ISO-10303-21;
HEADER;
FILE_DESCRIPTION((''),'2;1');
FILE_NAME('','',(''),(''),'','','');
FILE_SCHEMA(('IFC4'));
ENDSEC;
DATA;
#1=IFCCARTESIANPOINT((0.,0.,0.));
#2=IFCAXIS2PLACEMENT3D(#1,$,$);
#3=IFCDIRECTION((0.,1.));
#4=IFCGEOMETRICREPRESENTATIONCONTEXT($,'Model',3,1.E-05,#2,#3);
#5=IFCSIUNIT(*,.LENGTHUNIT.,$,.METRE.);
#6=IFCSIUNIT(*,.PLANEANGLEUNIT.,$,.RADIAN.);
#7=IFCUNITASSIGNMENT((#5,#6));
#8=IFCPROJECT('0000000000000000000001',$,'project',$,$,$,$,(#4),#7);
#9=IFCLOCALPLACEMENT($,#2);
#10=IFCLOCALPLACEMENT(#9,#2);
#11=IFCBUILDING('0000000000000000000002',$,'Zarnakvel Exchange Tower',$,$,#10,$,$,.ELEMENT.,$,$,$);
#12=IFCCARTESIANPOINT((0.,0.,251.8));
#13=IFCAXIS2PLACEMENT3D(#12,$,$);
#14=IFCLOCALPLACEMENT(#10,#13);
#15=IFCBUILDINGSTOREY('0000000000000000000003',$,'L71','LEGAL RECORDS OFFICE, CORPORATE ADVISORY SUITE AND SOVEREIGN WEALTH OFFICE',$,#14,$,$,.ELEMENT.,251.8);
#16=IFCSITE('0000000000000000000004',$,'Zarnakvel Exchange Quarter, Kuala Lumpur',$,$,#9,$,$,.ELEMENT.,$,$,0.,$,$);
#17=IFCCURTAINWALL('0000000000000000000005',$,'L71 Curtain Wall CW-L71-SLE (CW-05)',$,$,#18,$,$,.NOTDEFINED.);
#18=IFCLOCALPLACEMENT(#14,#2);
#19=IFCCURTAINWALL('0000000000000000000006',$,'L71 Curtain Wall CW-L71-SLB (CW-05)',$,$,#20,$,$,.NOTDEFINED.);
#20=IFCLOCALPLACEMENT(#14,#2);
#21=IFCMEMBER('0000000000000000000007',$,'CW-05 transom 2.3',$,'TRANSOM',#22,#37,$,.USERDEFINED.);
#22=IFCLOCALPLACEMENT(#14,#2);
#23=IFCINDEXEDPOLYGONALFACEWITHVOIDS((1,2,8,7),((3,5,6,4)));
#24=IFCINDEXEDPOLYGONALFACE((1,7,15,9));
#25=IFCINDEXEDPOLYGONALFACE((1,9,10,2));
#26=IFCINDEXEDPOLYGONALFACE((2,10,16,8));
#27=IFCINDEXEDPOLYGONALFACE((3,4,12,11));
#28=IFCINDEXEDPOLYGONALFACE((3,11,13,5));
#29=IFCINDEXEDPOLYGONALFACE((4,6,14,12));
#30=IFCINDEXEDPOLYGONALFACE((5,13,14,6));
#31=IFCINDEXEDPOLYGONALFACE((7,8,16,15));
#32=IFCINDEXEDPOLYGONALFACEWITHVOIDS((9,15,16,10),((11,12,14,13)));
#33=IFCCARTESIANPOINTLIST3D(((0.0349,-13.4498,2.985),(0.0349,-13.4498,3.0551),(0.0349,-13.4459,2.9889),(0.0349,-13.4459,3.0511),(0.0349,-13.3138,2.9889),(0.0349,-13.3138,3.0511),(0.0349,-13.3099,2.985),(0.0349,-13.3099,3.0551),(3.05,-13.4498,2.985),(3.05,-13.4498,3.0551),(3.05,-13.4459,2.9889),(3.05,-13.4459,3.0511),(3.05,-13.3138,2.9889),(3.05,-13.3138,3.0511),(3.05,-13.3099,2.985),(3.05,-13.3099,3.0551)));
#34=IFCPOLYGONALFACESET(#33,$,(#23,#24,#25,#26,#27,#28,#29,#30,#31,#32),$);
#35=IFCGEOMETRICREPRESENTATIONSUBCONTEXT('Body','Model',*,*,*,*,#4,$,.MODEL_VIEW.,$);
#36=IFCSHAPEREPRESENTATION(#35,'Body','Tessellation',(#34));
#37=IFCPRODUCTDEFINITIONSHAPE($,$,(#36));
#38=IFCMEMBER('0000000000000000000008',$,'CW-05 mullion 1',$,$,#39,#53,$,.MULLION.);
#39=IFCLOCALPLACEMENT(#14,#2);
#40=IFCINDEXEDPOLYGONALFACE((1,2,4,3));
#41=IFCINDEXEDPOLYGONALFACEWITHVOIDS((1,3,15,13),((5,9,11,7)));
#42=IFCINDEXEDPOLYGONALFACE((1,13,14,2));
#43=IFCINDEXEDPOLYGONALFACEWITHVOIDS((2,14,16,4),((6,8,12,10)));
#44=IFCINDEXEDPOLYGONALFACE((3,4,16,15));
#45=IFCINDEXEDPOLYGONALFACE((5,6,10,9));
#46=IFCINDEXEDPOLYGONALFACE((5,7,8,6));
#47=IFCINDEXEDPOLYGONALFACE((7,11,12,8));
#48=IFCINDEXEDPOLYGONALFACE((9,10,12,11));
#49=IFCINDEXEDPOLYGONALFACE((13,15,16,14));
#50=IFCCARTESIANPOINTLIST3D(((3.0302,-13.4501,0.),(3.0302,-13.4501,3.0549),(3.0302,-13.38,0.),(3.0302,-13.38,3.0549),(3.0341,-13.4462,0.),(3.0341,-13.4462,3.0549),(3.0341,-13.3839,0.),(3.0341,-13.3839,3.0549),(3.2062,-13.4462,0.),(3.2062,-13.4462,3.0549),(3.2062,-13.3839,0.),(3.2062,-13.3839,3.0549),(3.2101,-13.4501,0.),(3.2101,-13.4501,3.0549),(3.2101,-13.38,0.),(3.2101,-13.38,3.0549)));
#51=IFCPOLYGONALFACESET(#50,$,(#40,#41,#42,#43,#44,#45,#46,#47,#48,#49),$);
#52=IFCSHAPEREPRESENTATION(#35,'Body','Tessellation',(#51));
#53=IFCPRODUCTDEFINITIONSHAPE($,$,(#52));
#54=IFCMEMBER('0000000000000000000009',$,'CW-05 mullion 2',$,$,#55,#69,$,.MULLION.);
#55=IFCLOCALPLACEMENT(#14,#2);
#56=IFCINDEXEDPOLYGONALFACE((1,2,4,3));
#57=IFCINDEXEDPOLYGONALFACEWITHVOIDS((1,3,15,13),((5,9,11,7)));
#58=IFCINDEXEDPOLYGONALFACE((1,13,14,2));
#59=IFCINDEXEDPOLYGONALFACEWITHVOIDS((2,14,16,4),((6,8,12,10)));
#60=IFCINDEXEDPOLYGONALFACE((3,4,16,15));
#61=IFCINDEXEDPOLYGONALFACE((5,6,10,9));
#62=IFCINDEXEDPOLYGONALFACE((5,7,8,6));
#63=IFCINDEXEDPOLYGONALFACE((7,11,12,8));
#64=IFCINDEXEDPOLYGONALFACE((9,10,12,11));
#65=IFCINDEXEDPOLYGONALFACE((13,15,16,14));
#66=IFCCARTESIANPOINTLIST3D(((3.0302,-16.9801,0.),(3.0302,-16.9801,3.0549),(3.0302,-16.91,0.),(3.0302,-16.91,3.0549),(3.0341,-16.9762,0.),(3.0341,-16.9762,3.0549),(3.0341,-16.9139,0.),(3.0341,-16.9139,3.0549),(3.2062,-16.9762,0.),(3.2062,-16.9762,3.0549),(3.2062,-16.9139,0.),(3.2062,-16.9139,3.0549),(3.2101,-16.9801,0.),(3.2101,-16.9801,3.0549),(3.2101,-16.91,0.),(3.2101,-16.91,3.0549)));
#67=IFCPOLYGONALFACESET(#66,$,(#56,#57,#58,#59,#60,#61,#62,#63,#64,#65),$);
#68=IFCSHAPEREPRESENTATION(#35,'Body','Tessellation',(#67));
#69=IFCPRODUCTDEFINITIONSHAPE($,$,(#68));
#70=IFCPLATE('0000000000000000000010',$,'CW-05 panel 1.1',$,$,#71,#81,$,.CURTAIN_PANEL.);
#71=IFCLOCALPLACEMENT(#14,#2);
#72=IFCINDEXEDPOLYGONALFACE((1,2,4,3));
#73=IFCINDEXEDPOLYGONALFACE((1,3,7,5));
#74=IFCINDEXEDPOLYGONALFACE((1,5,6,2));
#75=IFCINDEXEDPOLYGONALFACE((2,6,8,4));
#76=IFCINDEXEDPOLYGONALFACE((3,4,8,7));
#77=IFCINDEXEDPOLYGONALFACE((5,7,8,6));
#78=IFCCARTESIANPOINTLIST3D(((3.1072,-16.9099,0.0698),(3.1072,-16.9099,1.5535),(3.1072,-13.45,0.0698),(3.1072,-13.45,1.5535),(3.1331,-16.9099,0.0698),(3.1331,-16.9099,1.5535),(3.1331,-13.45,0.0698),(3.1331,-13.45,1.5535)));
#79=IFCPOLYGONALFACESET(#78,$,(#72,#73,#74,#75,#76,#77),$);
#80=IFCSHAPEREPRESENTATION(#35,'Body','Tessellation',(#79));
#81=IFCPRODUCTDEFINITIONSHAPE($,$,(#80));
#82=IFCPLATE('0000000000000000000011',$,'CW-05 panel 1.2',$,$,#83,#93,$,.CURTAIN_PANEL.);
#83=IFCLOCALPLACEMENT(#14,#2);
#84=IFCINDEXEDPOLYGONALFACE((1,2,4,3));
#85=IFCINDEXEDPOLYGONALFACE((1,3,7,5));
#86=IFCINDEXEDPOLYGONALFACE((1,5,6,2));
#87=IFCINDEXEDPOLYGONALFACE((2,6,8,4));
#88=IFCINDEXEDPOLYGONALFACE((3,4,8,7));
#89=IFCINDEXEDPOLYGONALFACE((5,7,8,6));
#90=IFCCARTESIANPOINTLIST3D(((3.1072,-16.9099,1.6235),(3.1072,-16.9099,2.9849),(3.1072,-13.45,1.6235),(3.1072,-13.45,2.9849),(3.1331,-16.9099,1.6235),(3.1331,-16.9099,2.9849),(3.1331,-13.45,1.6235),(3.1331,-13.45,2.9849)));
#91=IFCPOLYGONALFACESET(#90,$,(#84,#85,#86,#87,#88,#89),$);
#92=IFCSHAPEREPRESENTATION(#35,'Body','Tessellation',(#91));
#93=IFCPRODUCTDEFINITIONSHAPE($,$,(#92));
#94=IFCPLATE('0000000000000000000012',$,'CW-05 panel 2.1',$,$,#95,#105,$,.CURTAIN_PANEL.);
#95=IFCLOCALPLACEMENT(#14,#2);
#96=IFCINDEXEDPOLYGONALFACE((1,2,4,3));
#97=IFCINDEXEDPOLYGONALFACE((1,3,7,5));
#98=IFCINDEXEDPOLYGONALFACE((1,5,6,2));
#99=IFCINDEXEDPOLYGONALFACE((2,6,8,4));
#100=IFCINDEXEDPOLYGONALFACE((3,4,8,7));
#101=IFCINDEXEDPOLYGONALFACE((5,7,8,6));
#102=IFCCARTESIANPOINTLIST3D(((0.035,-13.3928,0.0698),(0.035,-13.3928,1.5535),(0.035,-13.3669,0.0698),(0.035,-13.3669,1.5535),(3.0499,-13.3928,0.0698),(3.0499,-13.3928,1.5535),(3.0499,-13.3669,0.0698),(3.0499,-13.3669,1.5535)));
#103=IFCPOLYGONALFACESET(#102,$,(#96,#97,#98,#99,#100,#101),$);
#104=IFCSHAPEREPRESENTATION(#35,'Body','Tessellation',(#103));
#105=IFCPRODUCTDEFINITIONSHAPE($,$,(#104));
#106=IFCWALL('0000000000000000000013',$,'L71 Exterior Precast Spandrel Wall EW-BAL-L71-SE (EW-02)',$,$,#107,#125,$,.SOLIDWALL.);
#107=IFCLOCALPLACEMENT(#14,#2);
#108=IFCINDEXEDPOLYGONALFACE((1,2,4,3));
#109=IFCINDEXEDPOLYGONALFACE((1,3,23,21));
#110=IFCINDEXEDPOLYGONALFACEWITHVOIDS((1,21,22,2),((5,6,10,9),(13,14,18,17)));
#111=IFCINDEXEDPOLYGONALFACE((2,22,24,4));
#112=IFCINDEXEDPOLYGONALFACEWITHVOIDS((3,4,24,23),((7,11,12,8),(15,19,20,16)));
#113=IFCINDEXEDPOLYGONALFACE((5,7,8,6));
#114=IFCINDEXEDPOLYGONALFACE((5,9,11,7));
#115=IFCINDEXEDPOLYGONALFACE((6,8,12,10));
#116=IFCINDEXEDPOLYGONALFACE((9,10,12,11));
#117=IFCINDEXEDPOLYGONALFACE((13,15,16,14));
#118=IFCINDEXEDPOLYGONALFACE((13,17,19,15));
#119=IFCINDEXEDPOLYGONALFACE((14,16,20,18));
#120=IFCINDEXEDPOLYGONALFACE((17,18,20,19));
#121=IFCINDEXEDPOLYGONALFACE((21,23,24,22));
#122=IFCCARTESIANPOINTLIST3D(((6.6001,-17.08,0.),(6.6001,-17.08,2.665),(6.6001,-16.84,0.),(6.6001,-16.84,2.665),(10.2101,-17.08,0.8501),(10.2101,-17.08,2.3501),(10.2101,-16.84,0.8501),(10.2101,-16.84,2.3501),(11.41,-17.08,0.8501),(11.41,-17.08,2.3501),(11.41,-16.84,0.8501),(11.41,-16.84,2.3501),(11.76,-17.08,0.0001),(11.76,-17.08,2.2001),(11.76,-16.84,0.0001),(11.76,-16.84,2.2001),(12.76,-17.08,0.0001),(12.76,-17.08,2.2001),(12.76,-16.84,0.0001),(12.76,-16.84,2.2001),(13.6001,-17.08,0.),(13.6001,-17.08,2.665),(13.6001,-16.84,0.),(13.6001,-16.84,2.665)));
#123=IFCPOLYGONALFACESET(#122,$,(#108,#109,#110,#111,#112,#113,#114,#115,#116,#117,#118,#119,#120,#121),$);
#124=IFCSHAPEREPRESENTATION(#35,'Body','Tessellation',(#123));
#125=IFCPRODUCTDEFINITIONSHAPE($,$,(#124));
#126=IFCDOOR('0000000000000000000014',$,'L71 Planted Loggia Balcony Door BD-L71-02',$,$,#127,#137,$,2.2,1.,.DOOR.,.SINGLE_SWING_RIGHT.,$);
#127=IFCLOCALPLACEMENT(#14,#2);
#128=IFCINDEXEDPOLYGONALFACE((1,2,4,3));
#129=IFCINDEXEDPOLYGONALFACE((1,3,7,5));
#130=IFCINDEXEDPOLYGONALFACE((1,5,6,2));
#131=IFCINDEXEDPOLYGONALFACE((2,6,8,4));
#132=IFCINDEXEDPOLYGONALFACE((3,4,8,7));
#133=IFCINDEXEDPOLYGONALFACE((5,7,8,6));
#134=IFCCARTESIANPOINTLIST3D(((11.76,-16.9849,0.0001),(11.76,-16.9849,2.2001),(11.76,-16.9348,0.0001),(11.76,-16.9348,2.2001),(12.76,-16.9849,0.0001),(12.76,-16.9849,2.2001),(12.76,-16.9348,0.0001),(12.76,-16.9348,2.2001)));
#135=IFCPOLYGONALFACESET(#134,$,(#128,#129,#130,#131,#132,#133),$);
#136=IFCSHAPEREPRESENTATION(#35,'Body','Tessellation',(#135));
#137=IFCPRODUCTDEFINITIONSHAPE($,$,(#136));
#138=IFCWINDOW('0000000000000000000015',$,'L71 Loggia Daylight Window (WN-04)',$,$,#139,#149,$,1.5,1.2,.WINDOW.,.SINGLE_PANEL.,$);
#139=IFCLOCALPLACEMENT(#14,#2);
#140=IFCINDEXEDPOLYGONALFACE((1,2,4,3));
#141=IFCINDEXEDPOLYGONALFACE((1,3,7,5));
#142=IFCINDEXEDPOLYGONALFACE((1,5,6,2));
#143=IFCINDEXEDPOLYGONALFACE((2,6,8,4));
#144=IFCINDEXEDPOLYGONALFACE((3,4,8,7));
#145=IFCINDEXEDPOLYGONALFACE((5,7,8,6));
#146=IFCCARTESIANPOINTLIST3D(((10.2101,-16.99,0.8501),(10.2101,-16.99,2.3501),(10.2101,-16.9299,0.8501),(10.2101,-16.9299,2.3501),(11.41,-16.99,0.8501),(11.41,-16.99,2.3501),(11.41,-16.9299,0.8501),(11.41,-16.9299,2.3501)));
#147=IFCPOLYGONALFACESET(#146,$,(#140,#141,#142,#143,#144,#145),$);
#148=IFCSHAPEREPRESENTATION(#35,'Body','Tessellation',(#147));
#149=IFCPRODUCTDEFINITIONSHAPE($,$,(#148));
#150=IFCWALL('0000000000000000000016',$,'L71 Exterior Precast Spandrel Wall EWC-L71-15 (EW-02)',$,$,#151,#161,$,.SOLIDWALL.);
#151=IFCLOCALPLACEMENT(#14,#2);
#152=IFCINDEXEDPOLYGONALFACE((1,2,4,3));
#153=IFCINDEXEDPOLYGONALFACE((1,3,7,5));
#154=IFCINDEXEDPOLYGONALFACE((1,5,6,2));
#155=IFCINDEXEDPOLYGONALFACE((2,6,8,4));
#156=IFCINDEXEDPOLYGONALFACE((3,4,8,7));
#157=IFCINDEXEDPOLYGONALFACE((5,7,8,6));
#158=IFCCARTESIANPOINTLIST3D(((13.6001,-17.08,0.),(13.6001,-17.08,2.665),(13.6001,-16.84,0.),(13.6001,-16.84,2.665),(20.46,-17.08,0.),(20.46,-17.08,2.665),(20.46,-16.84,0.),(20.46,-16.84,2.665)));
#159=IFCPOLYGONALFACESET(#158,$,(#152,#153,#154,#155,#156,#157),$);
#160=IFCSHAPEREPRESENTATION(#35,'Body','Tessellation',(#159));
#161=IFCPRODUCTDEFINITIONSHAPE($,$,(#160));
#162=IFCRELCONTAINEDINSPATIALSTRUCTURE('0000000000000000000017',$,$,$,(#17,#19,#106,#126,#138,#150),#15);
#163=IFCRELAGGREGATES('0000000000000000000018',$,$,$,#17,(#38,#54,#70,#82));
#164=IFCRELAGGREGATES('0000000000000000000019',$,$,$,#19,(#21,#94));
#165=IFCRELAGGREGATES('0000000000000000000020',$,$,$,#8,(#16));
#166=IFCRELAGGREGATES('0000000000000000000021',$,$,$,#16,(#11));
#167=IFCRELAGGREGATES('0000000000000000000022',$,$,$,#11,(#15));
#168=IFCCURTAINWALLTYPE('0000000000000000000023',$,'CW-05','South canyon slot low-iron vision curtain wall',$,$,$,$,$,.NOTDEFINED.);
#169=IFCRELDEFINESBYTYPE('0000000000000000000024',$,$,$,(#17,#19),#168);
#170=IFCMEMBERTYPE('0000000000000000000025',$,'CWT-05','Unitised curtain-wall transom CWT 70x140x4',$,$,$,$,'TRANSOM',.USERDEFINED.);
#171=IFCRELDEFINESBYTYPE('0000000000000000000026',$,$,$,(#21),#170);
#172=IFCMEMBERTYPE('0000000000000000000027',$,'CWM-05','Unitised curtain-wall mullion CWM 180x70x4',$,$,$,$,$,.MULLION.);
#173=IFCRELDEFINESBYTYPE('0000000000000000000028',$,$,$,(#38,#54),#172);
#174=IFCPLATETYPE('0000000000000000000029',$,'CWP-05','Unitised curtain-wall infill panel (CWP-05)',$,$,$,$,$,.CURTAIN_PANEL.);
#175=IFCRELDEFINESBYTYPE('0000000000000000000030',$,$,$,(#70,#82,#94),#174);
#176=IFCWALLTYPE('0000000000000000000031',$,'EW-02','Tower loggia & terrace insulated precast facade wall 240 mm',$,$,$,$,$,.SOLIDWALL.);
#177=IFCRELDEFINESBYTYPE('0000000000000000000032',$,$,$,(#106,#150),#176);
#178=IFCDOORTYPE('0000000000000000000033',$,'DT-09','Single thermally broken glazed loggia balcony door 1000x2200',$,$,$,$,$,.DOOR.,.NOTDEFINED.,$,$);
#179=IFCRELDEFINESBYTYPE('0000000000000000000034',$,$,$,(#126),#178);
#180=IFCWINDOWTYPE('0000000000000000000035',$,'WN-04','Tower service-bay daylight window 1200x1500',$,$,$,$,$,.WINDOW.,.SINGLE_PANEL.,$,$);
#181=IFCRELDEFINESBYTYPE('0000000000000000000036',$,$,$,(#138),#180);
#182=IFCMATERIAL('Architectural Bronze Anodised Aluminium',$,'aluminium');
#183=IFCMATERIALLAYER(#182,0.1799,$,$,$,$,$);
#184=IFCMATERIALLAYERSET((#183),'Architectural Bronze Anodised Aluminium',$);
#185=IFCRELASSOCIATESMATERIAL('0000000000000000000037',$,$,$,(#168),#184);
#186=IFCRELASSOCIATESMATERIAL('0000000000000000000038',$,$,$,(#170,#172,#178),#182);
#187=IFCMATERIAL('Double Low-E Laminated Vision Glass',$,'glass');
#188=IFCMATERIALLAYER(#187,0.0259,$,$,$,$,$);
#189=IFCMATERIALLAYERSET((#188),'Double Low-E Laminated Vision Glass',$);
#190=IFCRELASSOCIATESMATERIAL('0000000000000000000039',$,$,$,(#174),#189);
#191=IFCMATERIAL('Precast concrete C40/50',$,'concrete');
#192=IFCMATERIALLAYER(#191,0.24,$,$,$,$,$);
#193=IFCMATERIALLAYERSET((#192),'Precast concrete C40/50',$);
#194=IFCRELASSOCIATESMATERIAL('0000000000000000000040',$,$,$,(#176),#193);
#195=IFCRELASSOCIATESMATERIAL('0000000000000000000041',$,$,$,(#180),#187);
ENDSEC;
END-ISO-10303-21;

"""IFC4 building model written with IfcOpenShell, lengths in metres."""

from ifc_helpers import new_model, si_unit, direction, frame, frame_2d, origin, origin_2d, place, context, subcontext, project, spatial, rectangle, hollow_rectangle, extrude, source, transform, mapped, material, layer, layer_set, material_profile, profile_set, type_object, element, fill, aggregate, save


model = new_model("IFC4")

# Units and contexts
model_context = context("Model", 3, precision=1e-05, world=origin(), true_north=direction((0.0, 1.0)))
body_context = subcontext(model_context, "Body", "Model", "MODEL_VIEW")
ifc_project = project(units=[si_unit("LENGTHUNIT", "METRE"), si_unit("PLANEANGLEUNIT", "RADIAN")], contexts=[model_context])

# Site, building, storey
site_placement = place(None, origin())
site = spatial("IfcSite", under=ifc_project, at=site_placement, Name="Zarnakvel Exchange Quarter, Kuala Lumpur", CompositionType="ELEMENT", RefElevation=0.0)
building_placement = place(site_placement, origin())
building = spatial("IfcBuilding", under=site, at=building_placement, Name="Zarnakvel Exchange Tower", CompositionType="ELEMENT")
storey_placement = place(building_placement, frame((0.0, 0.0, 251.8)))
storey = spatial("IfcBuildingStorey", under=building, at=storey_placement, Name="L71", Description="LEGAL RECORDS OFFICE, CORPORATE ADVISORY SUITE AND SOVEREIGN WEALTH OFFICE", CompositionType="ELEMENT", Elevation=251.8)

# Curtain walls, member
ifc_material_1 = material(Name="Architectural Bronze Anodised Aluminium", Category="aluminium")
ifc_layer_1 = layer(ifc_material_1, 0.1799)
ifc_layer_set_1 = layer_set([ifc_layer_1], Name="Architectural Bronze Anodised Aluminium")
curtain_wall_type = type_object("IfcCurtainWallType", Name="CW-05", Description="South canyon slot low-iron vision curtain wall", PredefinedType="NOTDEFINED", material=ifc_layer_set_1)
curtain_wall_1_placement = place(storey_placement, origin())
curtain_wall_1 = element("IfcCurtainWall", 1, at=curtain_wall_1_placement, inside=storey, type_object=curtain_wall_type, Name="L71 Curtain Wall CW-L71-SLE (CW-05)", PredefinedType="NOTDEFINED")
ifc_material_profile_1 = material_profile(ifc_material_1, hollow_rectangle(XDim=0.1399, YDim=0.0701, WallThickness=0.0039, at=origin_2d()))
ifc_profile_set_1 = profile_set([ifc_material_profile_1], Name="Architectural Bronze Anodised Aluminium")
member_type_1 = type_object("IfcMemberType", Name="CWT-05", Description="Unitised curtain-wall transom CWT 70x140x4", ElementType="TRANSOM", PredefinedType="USERDEFINED", material=ifc_profile_set_1)
curtain_wall_2_placement = place(storey_placement, origin())
curtain_wall_2 = element("IfcCurtainWall", 2, at=curtain_wall_2_placement, inside=storey, type_object=curtain_wall_type, Name="L71 Curtain Wall CW-L71-SLB (CW-05)", PredefinedType="NOTDEFINED")
shared_shape_1 = source(origin(), body_context, "Body", "SweptSolid", [
    extrude(hollow_rectangle(XDim=0.1399, YDim=0.0701, WallThickness=0.0039, at=origin_2d()), origin(), (0.0, 0.0, 1.0), 3.0151),
])
member_1_placement = place(storey_placement, frame((0.0349, -13.3799, 3.02), z_axis=(1.0, 0.0, 0.0), x_axis=(0.0, 1.0, 0.0)))
member_1 = element("IfcMember", 3, at=member_1_placement, type_object=member_type_1, Name="CW-05 transom 2.3", ObjectType="TRANSOM", PredefinedType="USERDEFINED", context=body_context, shape_type="MappedRepresentation", body=[
    mapped(shared_shape_1, transform((0.0, 0.0, 0.0), x_axis=(1.0, 0.0, 0.0), y_axis=(0.0, 1.0, 0.0), z_axis=(0.0, 0.0, 1.0), scale=1.0)),
])

# Members
ifc_material_profile_2 = material_profile(ifc_material_1, hollow_rectangle(XDim=0.1799, YDim=0.0701, WallThickness=0.0039, at=origin_2d()))
ifc_profile_set_2 = profile_set([ifc_material_profile_2], Name="Architectural Bronze Anodised Aluminium")
member_type_2 = type_object("IfcMemberType", Name="CWM-05", Description="Unitised curtain-wall mullion CWM 180x70x4", PredefinedType="MULLION", material=ifc_profile_set_2)
shared_shape_2 = source(origin(), body_context, "Body", "SweptSolid", [
    extrude(hollow_rectangle(XDim=0.1799, YDim=0.0701, WallThickness=0.0039, at=origin_2d()), origin(), (0.0, 0.0, 1.0), 3.0549),
])
member_2_placement = place(storey_placement, frame((3.1201, -13.415, 0.0), z_axis=(0.0, 0.0, 1.0), x_axis=(1.0, 0.0, 0.0)))
member_2 = element("IfcMember", 4, at=member_2_placement, type_object=member_type_2, Name="CW-05 mullion 1", PredefinedType="MULLION", context=body_context, shape_type="MappedRepresentation", body=[
    mapped(shared_shape_2, transform((0.0, 0.0, 0.0), x_axis=(1.0, 0.0, 0.0), y_axis=(0.0, 1.0, 0.0), z_axis=(0.0, 0.0, 1.0), scale=1.0)),
])
member_3_placement = place(storey_placement, frame((3.1201, -16.9451, 0.0), z_axis=(0.0, 0.0, 1.0), x_axis=(1.0, 0.0, 0.0)))
member_3 = element("IfcMember", 5, at=member_3_placement, type_object=member_type_2, Name="CW-05 mullion 2", PredefinedType="MULLION", context=body_context, shape_type="MappedRepresentation", body=[
    mapped(shared_shape_2, transform((0.0, 0.0, 0.0), x_axis=(1.0, 0.0, 0.0), y_axis=(0.0, 1.0, 0.0), z_axis=(0.0, 0.0, 1.0), scale=1.0)),
])

# Plates
ifc_material_2 = material(Name="Double Low-E Laminated Vision Glass", Category="glass")
ifc_layer_2 = layer(ifc_material_2, 0.0259)
ifc_layer_set_2 = layer_set([ifc_layer_2], Name="Double Low-E Laminated Vision Glass")
plate_type = type_object("IfcPlateType", Name="CWP-05", Description="Unitised curtain-wall infill panel (CWP-05)", PredefinedType="CURTAIN_PANEL", material=ifc_layer_set_2)
shared_shape_3 = source(origin(), body_context, "Body", "SweptSolid", [
    extrude(rectangle(XDim=3.46, YDim=0.0259, at=origin_2d()), origin(), (0.0, 0.0, 1.0), 1.4836),
])
plate_1_placement = place(storey_placement, frame((3.1201, -15.1799, 0.0698), z_axis=(0.0, 0.0, 1.0), x_axis=(0.0, -1.0, 0.0)))
plate_1 = element("IfcPlate", 6, at=plate_1_placement, type_object=plate_type, Name="CW-05 panel 1.1", PredefinedType="CURTAIN_PANEL", context=body_context, shape_type="MappedRepresentation", body=[
    mapped(shared_shape_3, transform((0.0, 0.0, 0.0), x_axis=(1.0, 0.0, 0.0), y_axis=(0.0, 1.0, 0.0), z_axis=(0.0, 0.0, 1.0), scale=1.0)),
])
shared_shape_4 = source(origin(), body_context, "Body", "SweptSolid", [
    extrude(rectangle(XDim=3.46, YDim=0.0259, at=origin_2d()), origin(), (0.0, 0.0, 1.0), 1.3613),
])
plate_2_placement = place(storey_placement, frame((3.1201, -15.1799, 1.6235), z_axis=(0.0, 0.0, 1.0), x_axis=(0.0, -1.0, 0.0)))
plate_2 = element("IfcPlate", 7, at=plate_2_placement, type_object=plate_type, Name="CW-05 panel 1.2", PredefinedType="CURTAIN_PANEL", context=body_context, shape_type="MappedRepresentation", body=[
    mapped(shared_shape_4, transform((0.0, 0.0, 0.0), x_axis=(1.0, 0.0, 0.0), y_axis=(0.0, 1.0, 0.0), z_axis=(0.0, 0.0, 1.0), scale=1.0)),
])
aggregate(curtain_wall_1, [member_2, member_3, plate_1, plate_2])
shared_shape_5 = source(origin(), body_context, "Body", "SweptSolid", [
    extrude(rectangle(XDim=3.0149, YDim=0.0259, at=origin_2d()), origin(), (0.0, 0.0, 1.0), 1.4836),
])
plate_3_placement = place(storey_placement, frame((1.5425, -13.3799, 0.0698), z_axis=(0.0, 0.0, 1.0), x_axis=(1.0, 0.0, 0.0)))
plate_3 = element("IfcPlate", 8, at=plate_3_placement, type_object=plate_type, Name="CW-05 panel 2.1", PredefinedType="CURTAIN_PANEL", context=body_context, shape_type="MappedRepresentation", body=[
    mapped(shared_shape_5, transform((0.0, 0.0, 0.0), x_axis=(1.0, 0.0, 0.0), y_axis=(0.0, 1.0, 0.0), z_axis=(0.0, 0.0, 1.0), scale=1.0)),
])
aggregate(curtain_wall_2, [member_1, plate_3])

# Wall, openings, door, window
ifc_material_3 = material(Name="Precast concrete C40/50", Category="concrete")
ifc_layer_3 = layer(ifc_material_3, 0.24)
ifc_layer_set_3 = layer_set([ifc_layer_3], Name="Precast concrete C40/50")
wall_type_1 = type_object("IfcWallType", Name="EW-02", Description="Tower loggia & terrace insulated precast facade wall 240 mm", PredefinedType="SOLIDWALL", material=ifc_layer_set_3)
wall_1_placement = place(storey_placement, frame((13.6001, -16.96, 0.0), z_axis=(0.0, 0.0, 1.0), x_axis=(-1.0, 0.0, 0.0)))
wall_1 = element("IfcWall", 9, at=wall_1_placement, inside=storey, type_object=wall_type_1, Name="L71 Exterior Precast Spandrel Wall EW-BAL-L71-SE (EW-02)", PredefinedType="SOLIDWALL", context=body_context, shape_type="SweptSolid", body=[
    extrude(rectangle(XDim=7.0, YDim=0.24, at=frame_2d((3.5, 0.0))), origin(), (0.0, 0.0, 1.0), 2.665),
])
opening_1_placement = place(wall_1_placement, frame((0.8401, 0.0, 0.0)))
opening_1 = element("IfcOpeningElement", 10, at=opening_1_placement, cuts=wall_1, PredefinedType="OPENING", context=body_context, shape_type="SweptSolid", body=[
    extrude(rectangle(XDim=1.0, YDim=2.2, at=frame_2d((0.5, 1.1001))), frame((0.0, 0.1299, 0.0), z_axis=(0.0, -1.0, 0.0), x_axis=(1.0, 0.0, 0.0)), (0.0, 0.0, 1.0), 0.26),
])
opening_2_placement = place(wall_1_placement, frame((2.1899, 0.0, 0.8501)))
opening_2 = element("IfcOpeningElement", 11, at=opening_2_placement, cuts=wall_1, PredefinedType="OPENING", context=body_context, shape_type="SweptSolid", body=[
    extrude(rectangle(XDim=1.2, YDim=1.5, at=frame_2d((0.6001, 0.75))), frame((0.0, 0.1299, 0.0), z_axis=(0.0, -1.0, 0.0), x_axis=(1.0, 0.0, 0.0)), (0.0, 0.0, 1.0), 0.26),
])
door_type = type_object("IfcDoorType", Name="DT-09", Description="Single thermally broken glazed loggia balcony door 1000x2200", OperationType="NOTDEFINED", PredefinedType="DOOR", material=ifc_material_1)
shared_shape_6 = source(origin(), body_context, "Body", "SweptSolid", [
    extrude(rectangle(XDim=1.0, YDim=2.2, at=frame_2d((0.5, 1.1001))), frame((0.0, 0.0249, 0.0), z_axis=(0.0, -1.0, 0.0), x_axis=(1.0, 0.0, 0.0)), (0.0, 0.0, 1.0), 0.05),
])
door_placement = place(opening_1_placement, origin())
door = element("IfcDoor", 12, at=door_placement, inside=storey, type_object=door_type, Name="L71 Planted Loggia Balcony Door BD-L71-02", OperationType="SINGLE_SWING_RIGHT", OverallHeight=2.2, OverallWidth=1.0, PredefinedType="DOOR", context=body_context, shape_type="MappedRepresentation", body=[
    mapped(shared_shape_6, transform((0.0, 0.0, 0.0), x_axis=(1.0, 0.0, 0.0), y_axis=(0.0, 1.0, 0.0), z_axis=(0.0, 0.0, 1.0), scale=1.0)),
])
fill(opening_1, door)
window_type = type_object("IfcWindowType", Name="WN-04", Description="Tower service-bay daylight window 1200x1500", PartitioningType="SINGLE_PANEL", PredefinedType="WINDOW", material=ifc_material_2)
shared_shape_7 = source(origin(), body_context, "Body", "SweptSolid", [
    extrude(rectangle(XDim=1.2, YDim=1.5, at=frame_2d((0.6001, 0.75))), frame((0.0, 0.03, 0.0), z_axis=(0.0, -1.0, 0.0), x_axis=(1.0, 0.0, 0.0)), (0.0, 0.0, 1.0), 0.0601),
])
window_placement = place(opening_2_placement, origin())
window = element("IfcWindow", 13, at=window_placement, inside=storey, type_object=window_type, Name="L71 Loggia Daylight Window (WN-04)", OverallHeight=1.5, OverallWidth=1.2, PartitioningType="SINGLE_PANEL", PredefinedType="WINDOW", context=body_context, shape_type="MappedRepresentation", body=[
    mapped(shared_shape_7, transform((0.0, 0.0, 0.0), x_axis=(1.0, 0.0, 0.0), y_axis=(0.0, 1.0, 0.0), z_axis=(0.0, 0.0, 1.0), scale=1.0)),
])
fill(opening_2, window)

# Wall
wall_2_placement = place(storey_placement, frame((13.6001, -16.96, 0.0), z_axis=(0.0, 0.0, 1.0), x_axis=(1.0, 0.0, 0.0)))
element("IfcWall", 14, at=wall_2_placement, inside=storey, type_object=wall_type_1, Name="L71 Exterior Precast Spandrel Wall EWC-L71-15 (EW-02)", PredefinedType="SOLIDWALL", context=body_context, shape_type="SweptSolid", body=[
    extrude(rectangle(XDim=6.8599, YDim=0.24, at=frame_2d((3.4299, 0.0))), origin(), (0.0, 0.0, 1.0), 2.665),
])

save(model, "model.ifc")
